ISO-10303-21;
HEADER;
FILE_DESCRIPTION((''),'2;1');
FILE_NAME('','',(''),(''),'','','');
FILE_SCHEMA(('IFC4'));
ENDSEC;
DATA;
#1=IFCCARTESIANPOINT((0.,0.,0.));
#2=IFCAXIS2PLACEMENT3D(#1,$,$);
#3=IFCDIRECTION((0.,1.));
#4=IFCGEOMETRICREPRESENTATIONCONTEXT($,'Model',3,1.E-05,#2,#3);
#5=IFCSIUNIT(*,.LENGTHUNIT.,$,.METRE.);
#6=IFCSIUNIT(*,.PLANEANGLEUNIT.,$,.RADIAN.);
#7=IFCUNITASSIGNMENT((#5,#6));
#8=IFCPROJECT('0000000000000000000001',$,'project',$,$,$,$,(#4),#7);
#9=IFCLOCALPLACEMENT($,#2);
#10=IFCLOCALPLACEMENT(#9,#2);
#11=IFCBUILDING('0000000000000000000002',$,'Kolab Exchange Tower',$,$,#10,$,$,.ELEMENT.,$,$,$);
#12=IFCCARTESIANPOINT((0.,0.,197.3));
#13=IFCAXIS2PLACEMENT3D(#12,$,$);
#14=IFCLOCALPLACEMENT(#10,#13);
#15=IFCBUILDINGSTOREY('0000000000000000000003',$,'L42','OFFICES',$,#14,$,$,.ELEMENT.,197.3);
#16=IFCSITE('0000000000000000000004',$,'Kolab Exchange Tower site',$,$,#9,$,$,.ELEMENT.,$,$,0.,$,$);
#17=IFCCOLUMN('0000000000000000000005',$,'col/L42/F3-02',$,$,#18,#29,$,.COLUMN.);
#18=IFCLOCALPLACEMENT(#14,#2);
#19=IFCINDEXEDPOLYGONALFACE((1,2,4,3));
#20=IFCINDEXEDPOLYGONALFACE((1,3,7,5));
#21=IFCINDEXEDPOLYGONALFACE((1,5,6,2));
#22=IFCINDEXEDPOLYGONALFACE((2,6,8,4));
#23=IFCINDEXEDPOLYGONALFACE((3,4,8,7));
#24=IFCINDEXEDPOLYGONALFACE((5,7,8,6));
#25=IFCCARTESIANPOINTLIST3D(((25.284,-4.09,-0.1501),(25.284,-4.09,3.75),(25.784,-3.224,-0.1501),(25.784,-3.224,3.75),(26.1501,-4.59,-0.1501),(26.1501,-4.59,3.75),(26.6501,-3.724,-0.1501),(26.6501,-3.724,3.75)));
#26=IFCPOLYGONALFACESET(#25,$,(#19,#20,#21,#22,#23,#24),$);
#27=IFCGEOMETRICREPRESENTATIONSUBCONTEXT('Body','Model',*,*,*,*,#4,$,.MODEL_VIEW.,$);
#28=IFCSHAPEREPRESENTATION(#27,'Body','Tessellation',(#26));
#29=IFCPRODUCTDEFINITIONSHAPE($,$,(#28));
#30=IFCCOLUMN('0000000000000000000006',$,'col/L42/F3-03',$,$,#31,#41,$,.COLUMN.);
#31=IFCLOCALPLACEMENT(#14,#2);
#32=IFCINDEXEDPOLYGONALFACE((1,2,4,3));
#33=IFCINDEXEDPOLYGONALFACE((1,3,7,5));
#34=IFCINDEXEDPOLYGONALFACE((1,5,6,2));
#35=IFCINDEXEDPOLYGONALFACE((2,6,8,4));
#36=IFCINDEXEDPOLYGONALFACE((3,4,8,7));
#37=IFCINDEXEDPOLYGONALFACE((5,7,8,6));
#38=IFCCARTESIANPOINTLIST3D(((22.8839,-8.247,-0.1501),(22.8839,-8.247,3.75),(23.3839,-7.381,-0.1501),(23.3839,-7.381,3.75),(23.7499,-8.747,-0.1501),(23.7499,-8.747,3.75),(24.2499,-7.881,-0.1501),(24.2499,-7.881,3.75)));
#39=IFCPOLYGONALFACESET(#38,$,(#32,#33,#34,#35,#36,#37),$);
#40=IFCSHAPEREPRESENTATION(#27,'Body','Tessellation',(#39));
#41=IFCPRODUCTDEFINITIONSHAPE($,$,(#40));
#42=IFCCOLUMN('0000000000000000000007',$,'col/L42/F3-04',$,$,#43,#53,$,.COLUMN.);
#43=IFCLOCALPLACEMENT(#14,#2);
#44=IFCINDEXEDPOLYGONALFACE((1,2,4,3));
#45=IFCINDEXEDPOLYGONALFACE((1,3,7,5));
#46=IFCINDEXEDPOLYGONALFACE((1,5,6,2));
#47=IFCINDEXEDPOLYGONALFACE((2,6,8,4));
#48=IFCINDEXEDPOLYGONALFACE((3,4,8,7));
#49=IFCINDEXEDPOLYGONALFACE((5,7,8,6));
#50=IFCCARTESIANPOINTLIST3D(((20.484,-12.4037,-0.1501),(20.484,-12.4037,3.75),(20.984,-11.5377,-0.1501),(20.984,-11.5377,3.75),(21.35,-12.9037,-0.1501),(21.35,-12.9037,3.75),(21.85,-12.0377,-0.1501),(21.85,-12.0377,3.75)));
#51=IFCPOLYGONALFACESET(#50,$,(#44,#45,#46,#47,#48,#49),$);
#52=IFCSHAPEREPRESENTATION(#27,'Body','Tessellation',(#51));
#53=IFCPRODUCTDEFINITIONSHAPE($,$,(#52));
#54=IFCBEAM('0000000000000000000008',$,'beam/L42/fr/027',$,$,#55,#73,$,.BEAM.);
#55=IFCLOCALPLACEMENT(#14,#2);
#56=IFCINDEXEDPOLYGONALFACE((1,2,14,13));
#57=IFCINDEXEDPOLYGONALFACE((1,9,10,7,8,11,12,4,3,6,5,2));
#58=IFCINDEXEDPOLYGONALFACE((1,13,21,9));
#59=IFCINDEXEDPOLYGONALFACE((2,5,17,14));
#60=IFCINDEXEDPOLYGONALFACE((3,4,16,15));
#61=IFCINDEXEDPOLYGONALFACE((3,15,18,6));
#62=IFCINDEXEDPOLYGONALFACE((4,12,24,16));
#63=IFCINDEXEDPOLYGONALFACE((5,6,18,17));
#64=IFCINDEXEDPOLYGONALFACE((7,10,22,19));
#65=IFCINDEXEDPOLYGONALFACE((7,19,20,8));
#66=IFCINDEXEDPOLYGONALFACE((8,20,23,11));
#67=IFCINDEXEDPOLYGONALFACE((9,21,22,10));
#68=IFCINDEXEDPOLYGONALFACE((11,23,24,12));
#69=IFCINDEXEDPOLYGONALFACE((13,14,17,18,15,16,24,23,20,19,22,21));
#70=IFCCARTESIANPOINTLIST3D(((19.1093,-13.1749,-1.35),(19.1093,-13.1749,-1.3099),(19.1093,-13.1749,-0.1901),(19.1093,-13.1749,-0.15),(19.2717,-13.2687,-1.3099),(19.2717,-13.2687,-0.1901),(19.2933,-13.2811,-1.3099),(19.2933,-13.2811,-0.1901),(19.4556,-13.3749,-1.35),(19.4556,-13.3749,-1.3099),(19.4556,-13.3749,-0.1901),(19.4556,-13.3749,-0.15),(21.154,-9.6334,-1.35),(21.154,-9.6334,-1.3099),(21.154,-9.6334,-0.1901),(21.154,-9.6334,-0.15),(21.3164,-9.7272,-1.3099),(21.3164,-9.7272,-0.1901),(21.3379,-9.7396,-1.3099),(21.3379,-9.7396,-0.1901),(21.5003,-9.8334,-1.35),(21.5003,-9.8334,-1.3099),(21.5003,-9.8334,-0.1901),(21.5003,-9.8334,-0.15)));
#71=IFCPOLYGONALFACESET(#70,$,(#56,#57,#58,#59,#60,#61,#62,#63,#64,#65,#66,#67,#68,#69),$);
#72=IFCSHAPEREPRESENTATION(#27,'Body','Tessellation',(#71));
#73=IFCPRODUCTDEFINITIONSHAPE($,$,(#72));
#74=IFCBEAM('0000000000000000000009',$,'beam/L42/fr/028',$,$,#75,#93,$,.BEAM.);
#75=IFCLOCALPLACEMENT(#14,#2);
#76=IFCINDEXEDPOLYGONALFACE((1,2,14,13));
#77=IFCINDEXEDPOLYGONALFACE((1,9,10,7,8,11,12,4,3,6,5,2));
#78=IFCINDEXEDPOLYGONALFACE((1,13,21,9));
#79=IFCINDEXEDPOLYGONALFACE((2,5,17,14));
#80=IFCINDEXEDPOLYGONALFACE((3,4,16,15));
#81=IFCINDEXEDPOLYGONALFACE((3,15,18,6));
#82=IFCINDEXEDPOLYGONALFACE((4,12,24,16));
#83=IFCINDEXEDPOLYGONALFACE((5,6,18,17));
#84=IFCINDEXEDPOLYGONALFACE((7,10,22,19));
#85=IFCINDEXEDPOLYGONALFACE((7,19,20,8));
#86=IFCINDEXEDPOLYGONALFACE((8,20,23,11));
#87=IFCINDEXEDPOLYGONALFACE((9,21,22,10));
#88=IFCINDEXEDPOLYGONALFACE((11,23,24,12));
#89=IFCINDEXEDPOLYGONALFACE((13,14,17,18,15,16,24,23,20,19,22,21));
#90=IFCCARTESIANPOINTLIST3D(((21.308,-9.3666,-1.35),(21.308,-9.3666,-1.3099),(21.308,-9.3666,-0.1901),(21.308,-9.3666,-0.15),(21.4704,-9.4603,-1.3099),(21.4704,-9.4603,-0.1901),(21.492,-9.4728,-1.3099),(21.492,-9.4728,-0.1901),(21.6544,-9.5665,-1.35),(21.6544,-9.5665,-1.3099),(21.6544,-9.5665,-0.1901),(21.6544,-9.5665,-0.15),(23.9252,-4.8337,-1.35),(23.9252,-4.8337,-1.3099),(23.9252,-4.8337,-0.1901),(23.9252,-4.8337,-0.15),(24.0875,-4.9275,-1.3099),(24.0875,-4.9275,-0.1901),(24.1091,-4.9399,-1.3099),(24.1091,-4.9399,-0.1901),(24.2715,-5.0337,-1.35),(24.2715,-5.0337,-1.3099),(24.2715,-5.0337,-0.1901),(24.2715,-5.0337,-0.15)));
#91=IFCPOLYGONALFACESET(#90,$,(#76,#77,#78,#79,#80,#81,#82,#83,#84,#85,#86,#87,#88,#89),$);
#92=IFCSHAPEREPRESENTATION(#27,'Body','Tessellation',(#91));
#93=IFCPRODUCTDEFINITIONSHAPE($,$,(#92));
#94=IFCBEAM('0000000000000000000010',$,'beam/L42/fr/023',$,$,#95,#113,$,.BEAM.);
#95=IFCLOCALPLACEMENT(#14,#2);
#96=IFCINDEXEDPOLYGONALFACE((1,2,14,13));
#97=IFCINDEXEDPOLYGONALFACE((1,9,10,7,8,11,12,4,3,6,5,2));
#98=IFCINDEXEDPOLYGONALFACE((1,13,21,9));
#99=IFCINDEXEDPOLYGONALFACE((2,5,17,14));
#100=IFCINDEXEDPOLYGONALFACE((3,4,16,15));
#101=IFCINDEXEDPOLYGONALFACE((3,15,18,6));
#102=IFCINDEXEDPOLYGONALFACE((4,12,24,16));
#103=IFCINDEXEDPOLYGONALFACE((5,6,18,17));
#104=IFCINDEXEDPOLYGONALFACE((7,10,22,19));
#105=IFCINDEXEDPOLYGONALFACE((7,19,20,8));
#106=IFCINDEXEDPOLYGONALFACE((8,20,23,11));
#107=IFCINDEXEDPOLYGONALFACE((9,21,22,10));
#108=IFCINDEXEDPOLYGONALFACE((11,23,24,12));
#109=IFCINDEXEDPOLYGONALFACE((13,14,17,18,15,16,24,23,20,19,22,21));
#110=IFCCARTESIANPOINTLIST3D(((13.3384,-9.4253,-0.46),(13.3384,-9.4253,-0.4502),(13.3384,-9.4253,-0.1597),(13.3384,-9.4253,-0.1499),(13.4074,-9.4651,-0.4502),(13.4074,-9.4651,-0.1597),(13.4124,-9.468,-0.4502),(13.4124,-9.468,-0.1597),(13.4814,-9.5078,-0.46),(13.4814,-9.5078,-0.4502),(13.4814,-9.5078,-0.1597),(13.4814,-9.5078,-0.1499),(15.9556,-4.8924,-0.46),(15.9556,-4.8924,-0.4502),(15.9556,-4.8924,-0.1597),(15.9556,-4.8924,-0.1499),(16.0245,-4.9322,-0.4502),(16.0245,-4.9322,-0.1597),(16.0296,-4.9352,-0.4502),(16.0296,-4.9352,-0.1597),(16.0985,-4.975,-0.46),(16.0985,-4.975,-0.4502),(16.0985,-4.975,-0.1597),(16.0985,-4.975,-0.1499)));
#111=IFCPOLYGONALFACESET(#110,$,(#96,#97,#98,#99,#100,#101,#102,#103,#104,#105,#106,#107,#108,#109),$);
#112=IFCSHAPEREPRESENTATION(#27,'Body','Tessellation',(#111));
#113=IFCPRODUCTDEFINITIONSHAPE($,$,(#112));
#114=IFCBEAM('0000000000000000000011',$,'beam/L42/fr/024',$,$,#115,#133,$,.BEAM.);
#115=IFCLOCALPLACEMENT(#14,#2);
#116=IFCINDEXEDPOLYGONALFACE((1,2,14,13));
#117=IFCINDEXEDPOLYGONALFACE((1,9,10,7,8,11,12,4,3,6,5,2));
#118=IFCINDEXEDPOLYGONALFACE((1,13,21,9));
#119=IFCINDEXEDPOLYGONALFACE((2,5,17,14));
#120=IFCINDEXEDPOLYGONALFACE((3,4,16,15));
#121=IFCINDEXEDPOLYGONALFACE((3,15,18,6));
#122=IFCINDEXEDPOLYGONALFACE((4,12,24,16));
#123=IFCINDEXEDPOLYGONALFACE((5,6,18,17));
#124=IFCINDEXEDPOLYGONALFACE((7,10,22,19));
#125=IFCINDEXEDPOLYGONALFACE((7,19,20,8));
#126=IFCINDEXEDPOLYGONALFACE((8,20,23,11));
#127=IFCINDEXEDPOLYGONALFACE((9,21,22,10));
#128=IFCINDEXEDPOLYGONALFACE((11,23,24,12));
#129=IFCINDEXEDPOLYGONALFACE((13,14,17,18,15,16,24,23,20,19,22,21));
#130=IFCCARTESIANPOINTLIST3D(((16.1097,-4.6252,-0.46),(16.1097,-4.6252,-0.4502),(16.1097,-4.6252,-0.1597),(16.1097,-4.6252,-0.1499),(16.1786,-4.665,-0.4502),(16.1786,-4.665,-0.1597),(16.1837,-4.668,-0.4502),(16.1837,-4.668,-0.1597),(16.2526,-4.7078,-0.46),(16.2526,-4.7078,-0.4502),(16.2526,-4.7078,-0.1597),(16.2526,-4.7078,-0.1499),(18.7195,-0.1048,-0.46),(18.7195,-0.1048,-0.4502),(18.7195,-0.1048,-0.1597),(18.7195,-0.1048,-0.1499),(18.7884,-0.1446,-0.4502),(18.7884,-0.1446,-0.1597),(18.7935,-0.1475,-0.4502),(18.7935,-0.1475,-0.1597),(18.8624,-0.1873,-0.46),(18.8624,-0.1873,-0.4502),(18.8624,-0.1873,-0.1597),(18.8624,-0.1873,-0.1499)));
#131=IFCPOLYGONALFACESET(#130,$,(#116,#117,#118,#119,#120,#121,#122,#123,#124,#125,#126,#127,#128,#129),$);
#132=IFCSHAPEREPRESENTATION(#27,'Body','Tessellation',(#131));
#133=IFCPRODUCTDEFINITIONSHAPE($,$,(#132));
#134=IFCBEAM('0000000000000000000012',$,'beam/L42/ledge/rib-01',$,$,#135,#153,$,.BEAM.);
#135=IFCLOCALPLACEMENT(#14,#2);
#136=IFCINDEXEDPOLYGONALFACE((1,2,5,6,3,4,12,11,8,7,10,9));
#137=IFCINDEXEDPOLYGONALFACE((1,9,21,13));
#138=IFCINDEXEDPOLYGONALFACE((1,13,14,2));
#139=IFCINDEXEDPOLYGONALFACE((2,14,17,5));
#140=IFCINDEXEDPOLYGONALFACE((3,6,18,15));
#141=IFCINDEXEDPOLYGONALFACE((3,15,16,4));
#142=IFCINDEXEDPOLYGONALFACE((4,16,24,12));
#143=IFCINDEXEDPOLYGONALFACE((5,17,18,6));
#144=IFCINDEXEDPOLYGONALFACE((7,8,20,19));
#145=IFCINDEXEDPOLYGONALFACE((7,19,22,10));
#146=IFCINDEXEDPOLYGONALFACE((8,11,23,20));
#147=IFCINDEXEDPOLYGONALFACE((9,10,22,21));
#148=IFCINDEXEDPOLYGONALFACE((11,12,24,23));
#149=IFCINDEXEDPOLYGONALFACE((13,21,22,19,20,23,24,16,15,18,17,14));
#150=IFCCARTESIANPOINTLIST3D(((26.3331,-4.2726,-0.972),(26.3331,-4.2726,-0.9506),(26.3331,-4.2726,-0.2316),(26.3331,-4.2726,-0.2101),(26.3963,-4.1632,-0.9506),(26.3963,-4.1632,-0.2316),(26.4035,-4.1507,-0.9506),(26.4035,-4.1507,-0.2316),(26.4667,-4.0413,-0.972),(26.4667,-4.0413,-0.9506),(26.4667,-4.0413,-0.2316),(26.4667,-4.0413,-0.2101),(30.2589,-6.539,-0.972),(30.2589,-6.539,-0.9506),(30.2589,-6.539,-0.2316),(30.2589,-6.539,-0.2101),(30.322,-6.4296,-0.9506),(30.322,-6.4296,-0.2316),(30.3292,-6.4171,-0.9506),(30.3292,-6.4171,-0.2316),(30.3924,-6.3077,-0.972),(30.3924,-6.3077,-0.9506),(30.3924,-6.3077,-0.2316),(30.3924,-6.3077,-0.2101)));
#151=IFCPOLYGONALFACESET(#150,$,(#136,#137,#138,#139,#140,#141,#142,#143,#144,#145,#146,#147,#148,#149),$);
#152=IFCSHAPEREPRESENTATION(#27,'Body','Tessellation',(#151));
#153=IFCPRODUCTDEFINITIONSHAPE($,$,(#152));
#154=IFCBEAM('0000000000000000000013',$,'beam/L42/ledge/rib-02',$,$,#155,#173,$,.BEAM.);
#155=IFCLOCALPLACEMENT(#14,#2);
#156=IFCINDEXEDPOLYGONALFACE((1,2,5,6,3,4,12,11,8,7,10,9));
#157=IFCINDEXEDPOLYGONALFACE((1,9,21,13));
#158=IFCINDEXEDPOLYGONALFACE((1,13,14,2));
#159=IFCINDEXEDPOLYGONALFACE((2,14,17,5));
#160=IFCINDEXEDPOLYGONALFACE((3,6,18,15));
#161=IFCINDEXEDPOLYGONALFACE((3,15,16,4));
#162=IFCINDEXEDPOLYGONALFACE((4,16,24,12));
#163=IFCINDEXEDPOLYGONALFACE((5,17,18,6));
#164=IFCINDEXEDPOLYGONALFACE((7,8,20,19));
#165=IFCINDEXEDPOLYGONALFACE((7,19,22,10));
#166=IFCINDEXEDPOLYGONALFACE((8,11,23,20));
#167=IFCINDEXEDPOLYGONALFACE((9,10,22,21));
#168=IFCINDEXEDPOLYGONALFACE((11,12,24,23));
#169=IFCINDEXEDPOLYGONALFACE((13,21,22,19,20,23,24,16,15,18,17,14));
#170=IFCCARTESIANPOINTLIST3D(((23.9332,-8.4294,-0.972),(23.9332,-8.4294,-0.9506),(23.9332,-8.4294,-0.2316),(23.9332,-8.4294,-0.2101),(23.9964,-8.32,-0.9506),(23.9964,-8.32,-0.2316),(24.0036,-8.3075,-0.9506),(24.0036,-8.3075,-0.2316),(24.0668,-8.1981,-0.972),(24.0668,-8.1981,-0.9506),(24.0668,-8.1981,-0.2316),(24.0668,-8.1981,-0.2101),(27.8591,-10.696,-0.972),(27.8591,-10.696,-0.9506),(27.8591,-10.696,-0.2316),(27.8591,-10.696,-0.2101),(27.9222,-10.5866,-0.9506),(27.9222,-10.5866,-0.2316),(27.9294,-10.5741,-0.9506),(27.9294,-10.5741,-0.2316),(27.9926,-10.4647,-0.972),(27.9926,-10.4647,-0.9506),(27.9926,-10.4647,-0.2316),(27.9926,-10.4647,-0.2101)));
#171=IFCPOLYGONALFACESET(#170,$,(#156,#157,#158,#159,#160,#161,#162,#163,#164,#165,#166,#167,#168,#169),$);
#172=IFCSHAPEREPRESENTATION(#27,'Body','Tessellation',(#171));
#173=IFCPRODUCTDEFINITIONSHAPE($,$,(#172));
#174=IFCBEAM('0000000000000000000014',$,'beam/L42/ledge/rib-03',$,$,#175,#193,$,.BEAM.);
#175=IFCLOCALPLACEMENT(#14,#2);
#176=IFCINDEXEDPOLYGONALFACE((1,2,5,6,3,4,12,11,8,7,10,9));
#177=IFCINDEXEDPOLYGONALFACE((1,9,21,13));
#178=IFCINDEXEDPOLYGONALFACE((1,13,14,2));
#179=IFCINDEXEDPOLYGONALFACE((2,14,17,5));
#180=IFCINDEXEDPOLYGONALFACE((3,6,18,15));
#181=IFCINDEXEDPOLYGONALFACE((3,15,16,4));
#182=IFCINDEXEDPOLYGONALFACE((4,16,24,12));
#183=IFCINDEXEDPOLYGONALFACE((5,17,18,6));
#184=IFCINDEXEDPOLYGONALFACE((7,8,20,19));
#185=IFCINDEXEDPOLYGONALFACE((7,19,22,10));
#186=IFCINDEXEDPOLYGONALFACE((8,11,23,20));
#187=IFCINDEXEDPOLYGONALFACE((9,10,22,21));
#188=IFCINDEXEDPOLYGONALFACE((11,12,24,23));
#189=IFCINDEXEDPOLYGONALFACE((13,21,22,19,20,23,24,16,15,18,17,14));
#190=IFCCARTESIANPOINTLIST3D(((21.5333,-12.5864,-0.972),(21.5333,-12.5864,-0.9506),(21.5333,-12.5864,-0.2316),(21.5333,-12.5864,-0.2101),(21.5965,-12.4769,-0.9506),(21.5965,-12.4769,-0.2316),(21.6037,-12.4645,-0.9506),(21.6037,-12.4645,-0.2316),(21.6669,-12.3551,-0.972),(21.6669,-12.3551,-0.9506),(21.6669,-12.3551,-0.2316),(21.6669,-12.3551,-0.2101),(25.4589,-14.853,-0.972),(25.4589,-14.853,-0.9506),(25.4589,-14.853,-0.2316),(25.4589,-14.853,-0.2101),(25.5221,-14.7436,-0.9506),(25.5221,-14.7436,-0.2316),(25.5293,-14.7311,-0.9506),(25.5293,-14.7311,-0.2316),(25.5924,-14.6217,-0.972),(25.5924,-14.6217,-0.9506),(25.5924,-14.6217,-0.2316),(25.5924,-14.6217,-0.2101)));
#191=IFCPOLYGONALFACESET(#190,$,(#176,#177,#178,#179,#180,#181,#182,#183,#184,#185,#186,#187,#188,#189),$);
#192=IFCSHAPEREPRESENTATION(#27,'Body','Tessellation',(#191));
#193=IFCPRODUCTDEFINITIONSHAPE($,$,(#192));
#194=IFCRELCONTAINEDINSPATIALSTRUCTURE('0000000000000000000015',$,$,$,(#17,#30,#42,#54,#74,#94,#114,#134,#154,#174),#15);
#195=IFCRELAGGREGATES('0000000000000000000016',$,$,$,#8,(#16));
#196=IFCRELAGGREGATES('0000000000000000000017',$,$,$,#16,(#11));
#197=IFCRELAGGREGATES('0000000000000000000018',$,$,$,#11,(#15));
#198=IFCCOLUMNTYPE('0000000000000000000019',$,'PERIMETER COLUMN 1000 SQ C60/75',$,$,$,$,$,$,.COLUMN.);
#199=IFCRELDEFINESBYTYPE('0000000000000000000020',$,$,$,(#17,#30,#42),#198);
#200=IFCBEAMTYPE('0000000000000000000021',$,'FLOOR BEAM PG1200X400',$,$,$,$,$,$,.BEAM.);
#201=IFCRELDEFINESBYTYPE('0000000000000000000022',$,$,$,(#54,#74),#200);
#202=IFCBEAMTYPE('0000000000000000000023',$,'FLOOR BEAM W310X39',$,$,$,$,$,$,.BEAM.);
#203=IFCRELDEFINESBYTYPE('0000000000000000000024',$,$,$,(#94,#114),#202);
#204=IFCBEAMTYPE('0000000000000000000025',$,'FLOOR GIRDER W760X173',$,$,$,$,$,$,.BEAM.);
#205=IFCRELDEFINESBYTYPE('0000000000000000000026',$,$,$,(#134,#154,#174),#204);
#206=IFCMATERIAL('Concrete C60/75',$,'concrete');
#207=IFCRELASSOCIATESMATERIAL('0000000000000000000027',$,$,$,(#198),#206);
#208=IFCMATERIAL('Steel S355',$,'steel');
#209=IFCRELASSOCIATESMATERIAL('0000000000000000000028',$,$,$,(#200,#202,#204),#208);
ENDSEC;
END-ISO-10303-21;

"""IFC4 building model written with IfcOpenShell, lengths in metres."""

from ifc_helpers import new_model, si_unit, direction, frame, origin, origin_2d, place, context, subcontext, project, spatial, rectangle, i_section, extrude, material, material_profile, profile_set, type_object, element, save


model = new_model("IFC4")

# Units and contexts
model_context = context("Model", 3, precision=1e-05, world=origin(), true_north=direction((0.0, 1.0)))
body_context = subcontext(model_context, "Body", "Model", "MODEL_VIEW")
ifc_project = project(units=[si_unit("LENGTHUNIT", "METRE"), si_unit("PLANEANGLEUNIT", "RADIAN")], contexts=[model_context])

# Site, building, storey
site_placement = place(None, origin())
site = spatial("IfcSite", under=ifc_project, at=site_placement, Name="Kolab Exchange Tower site", CompositionType="ELEMENT", RefElevation=0.0)
building_placement = place(site_placement, origin())
building = spatial("IfcBuilding", under=site, at=building_placement, Name="Kolab Exchange Tower", CompositionType="ELEMENT")
storey_placement = place(building_placement, frame((0.0, 0.0, 197.3)))
storey = spatial("IfcBuildingStorey", under=building, at=storey_placement, Name="L42", Description="OFFICES", CompositionType="ELEMENT", Elevation=197.3)

# Columns
ifc_material_1 = material(Name="Concrete C60/75", Category="concrete")
ifc_material_profile_1 = material_profile(ifc_material_1, rectangle(XDim=1.0, YDim=1.0, at=origin_2d()), Name="RC1000")
ifc_profile_set_1 = profile_set([ifc_material_profile_1], Name="Concrete C60/75")
column_type = type_object("IfcColumnType", Name="PERIMETER COLUMN 1000 SQ C60/75", PredefinedType="COLUMN", material=ifc_profile_set_1)
for number, where, z_axis, x_axis, name in (
    (1, (25.967, -3.907, -0.1501), (0.0, 0.0, 1.0), (0.5, 0.866025, 0.0), "col/L42/F3-02"),
    (2, (23.5669, -8.064, -0.1501), (0.0, 0.0, 1.0), (0.5, 0.866025, 0.0), "col/L42/F3-03"),
    (3, (21.167, -12.2207, -0.1501), (0.0, 0.0, 1.0), (0.5, 0.866025, 0.0), "col/L42/F3-04"),
):
    element("IfcColumn", number, at=place(storey_placement, frame(where, z_axis=z_axis, x_axis=x_axis)), inside=storey, type_object=column_type, Name=name, PredefinedType="COLUMN", context=body_context, shape_type="SweptSolid", body=[
        extrude(rectangle(XDim=1.0, YDim=1.0, at=origin_2d()), origin(), (0.0, 0.0, 1.0), 3.9001),
    ])

# Beams
ifc_material_2 = material(Name="Steel S355", Category="steel")
ifc_material_profile_2 = material_profile(ifc_material_2, i_section(OverallWidth=0.3999, OverallDepth=1.2, WebThickness=0.0249, FlangeThickness=0.04, at=origin_2d()), Name="PG1200X400")
ifc_profile_set_2 = profile_set([ifc_material_profile_2], Name="Steel S355")
beam_type_1 = type_object("IfcBeamType", Name="FLOOR BEAM PG1200X400", PredefinedType="BEAM", material=ifc_profile_set_2)
beam_1_placement = place(storey_placement, frame((19.2825, -13.2749, -0.75), z_axis=(0.499998, 0.866027, 0.0), x_axis=(-0.866027, 0.499998, 0.0)))
element("IfcBeam", 4, at=beam_1_placement, inside=storey, type_object=beam_type_1, Name="beam/L42/fr/027", PredefinedType="BEAM", context=body_context, shape_type="SweptSolid", body=[
    extrude(i_section(OverallWidth=0.3999, OverallDepth=1.2, WebThickness=0.0249, FlangeThickness=0.04, at=origin_2d()), origin(), (0.0, 0.0, 1.0), 4.0894),
])
beam_2_placement = place(storey_placement, frame((21.4812, -9.4666, -0.75), z_axis=(0.500012, 0.866019, 0.0), x_axis=(-0.866019, 0.500012, 0.0)))
element("IfcBeam", 5, at=beam_2_placement, inside=storey, type_object=beam_type_1, Name="beam/L42/fr/028", PredefinedType="BEAM", context=body_context, shape_type="SweptSolid", body=[
    extrude(i_section(OverallWidth=0.3999, OverallDepth=1.2, WebThickness=0.0249, FlangeThickness=0.04, at=origin_2d()), origin(), (0.0, 0.0, 1.0), 5.2341),
])
ifc_material_profile_3 = material_profile(ifc_material_2, i_section(OverallWidth=0.165, OverallDepth=0.3101, WebThickness=0.0059, FlangeThickness=0.0098, at=origin_2d()), Name="W310X39")
ifc_profile_set_3 = profile_set([ifc_material_profile_3], Name="Steel S355")
beam_type_2 = type_object("IfcBeamType", Name="FLOOR BEAM W310X39", PredefinedType="BEAM", material=ifc_profile_set_3)
beam_3_placement = place(storey_placement, frame((13.4099, -9.4666, -0.3049), z_axis=(0.500012, 0.866019, 0.0), x_axis=(-0.866019, 0.500012, 0.0)))
element("IfcBeam", 6, at=beam_3_placement, inside=storey, type_object=beam_type_2, Name="beam/L42/fr/023", PredefinedType="BEAM", context=body_context, shape_type="SweptSolid", body=[
    extrude(i_section(OverallWidth=0.165, OverallDepth=0.3101, WebThickness=0.0059, FlangeThickness=0.0098, at=origin_2d()), origin(), (0.0, 0.0, 1.0), 5.2341),
])
beam_4_placement = place(storey_placement, frame((16.1812, -4.6665, -0.3049), z_axis=(0.499992, 0.86603, 0.0), x_axis=(-0.86603, 0.499992, 0.0)))
element("IfcBeam", 7, at=beam_4_placement, inside=storey, type_object=beam_type_2, Name="beam/L42/fr/024", PredefinedType="BEAM", context=body_context, shape_type="SweptSolid", body=[
    extrude(i_section(OverallWidth=0.165, OverallDepth=0.3101, WebThickness=0.0059, FlangeThickness=0.0098, at=origin_2d()), origin(), (0.0, 0.0, 1.0), 5.2197),
])
ifc_material_profile_4 = material_profile(ifc_material_2, i_section(OverallWidth=0.2671, OverallDepth=0.762, WebThickness=0.0144, FlangeThickness=0.0215, at=origin_2d()), Name="W760X173")
ifc_profile_set_4 = profile_set([ifc_material_profile_4], Name="Steel S355")
beam_type_3 = type_object("IfcBeamType", Name="FLOOR GIRDER W760X173", PredefinedType="BEAM", material=ifc_profile_set_4)
beam_5_placement = place(storey_placement, frame((26.3999, -4.157, -0.5911), z_axis=(0.866044, -0.499968, 0.0), x_axis=(0.499968, 0.866044, 0.0)))
element("IfcBeam", 8, at=beam_5_placement, inside=storey, type_object=beam_type_3, Name="beam/L42/ledge/rib-01", PredefinedType="BEAM", context=body_context, shape_type="SweptSolid", body=[
    extrude(i_section(OverallWidth=0.2671, OverallDepth=0.762, WebThickness=0.0144, FlangeThickness=0.0215, at=origin_2d()), origin(), (0.0, 0.0, 1.0), 4.533),
])
beam_6_placement = place(storey_placement, frame((24.0, -8.3137, -0.5911), z_axis=(0.866021, -0.500008, 0.0), x_axis=(0.500008, 0.866021, 0.0)))
element("IfcBeam", 9, at=beam_6_placement, inside=storey, type_object=beam_type_3, Name="beam/L42/ledge/rib-02", PredefinedType="BEAM", context=body_context, shape_type="SweptSolid", body=[
    extrude(i_section(OverallWidth=0.2671, OverallDepth=0.762, WebThickness=0.0144, FlangeThickness=0.0215, at=origin_2d()), origin(), (0.0, 0.0, 1.0), 4.5332),
])
beam_7_placement = place(storey_placement, frame((21.6001, -12.4707, -0.5911), z_axis=(0.866007, -0.500032, 0.0), x_axis=(0.500032, 0.866007, 0.0)))
element("IfcBeam", 10, at=beam_7_placement, inside=storey, type_object=beam_type_3, Name="beam/L42/ledge/rib-03", PredefinedType="BEAM", context=body_context, shape_type="SweptSolid", body=[
    extrude(i_section(OverallWidth=0.2671, OverallDepth=0.762, WebThickness=0.0144, FlangeThickness=0.0215, at=origin_2d()), origin(), (0.0, 0.0, 1.0), 4.533),
])

save(model, "model.ifc")
